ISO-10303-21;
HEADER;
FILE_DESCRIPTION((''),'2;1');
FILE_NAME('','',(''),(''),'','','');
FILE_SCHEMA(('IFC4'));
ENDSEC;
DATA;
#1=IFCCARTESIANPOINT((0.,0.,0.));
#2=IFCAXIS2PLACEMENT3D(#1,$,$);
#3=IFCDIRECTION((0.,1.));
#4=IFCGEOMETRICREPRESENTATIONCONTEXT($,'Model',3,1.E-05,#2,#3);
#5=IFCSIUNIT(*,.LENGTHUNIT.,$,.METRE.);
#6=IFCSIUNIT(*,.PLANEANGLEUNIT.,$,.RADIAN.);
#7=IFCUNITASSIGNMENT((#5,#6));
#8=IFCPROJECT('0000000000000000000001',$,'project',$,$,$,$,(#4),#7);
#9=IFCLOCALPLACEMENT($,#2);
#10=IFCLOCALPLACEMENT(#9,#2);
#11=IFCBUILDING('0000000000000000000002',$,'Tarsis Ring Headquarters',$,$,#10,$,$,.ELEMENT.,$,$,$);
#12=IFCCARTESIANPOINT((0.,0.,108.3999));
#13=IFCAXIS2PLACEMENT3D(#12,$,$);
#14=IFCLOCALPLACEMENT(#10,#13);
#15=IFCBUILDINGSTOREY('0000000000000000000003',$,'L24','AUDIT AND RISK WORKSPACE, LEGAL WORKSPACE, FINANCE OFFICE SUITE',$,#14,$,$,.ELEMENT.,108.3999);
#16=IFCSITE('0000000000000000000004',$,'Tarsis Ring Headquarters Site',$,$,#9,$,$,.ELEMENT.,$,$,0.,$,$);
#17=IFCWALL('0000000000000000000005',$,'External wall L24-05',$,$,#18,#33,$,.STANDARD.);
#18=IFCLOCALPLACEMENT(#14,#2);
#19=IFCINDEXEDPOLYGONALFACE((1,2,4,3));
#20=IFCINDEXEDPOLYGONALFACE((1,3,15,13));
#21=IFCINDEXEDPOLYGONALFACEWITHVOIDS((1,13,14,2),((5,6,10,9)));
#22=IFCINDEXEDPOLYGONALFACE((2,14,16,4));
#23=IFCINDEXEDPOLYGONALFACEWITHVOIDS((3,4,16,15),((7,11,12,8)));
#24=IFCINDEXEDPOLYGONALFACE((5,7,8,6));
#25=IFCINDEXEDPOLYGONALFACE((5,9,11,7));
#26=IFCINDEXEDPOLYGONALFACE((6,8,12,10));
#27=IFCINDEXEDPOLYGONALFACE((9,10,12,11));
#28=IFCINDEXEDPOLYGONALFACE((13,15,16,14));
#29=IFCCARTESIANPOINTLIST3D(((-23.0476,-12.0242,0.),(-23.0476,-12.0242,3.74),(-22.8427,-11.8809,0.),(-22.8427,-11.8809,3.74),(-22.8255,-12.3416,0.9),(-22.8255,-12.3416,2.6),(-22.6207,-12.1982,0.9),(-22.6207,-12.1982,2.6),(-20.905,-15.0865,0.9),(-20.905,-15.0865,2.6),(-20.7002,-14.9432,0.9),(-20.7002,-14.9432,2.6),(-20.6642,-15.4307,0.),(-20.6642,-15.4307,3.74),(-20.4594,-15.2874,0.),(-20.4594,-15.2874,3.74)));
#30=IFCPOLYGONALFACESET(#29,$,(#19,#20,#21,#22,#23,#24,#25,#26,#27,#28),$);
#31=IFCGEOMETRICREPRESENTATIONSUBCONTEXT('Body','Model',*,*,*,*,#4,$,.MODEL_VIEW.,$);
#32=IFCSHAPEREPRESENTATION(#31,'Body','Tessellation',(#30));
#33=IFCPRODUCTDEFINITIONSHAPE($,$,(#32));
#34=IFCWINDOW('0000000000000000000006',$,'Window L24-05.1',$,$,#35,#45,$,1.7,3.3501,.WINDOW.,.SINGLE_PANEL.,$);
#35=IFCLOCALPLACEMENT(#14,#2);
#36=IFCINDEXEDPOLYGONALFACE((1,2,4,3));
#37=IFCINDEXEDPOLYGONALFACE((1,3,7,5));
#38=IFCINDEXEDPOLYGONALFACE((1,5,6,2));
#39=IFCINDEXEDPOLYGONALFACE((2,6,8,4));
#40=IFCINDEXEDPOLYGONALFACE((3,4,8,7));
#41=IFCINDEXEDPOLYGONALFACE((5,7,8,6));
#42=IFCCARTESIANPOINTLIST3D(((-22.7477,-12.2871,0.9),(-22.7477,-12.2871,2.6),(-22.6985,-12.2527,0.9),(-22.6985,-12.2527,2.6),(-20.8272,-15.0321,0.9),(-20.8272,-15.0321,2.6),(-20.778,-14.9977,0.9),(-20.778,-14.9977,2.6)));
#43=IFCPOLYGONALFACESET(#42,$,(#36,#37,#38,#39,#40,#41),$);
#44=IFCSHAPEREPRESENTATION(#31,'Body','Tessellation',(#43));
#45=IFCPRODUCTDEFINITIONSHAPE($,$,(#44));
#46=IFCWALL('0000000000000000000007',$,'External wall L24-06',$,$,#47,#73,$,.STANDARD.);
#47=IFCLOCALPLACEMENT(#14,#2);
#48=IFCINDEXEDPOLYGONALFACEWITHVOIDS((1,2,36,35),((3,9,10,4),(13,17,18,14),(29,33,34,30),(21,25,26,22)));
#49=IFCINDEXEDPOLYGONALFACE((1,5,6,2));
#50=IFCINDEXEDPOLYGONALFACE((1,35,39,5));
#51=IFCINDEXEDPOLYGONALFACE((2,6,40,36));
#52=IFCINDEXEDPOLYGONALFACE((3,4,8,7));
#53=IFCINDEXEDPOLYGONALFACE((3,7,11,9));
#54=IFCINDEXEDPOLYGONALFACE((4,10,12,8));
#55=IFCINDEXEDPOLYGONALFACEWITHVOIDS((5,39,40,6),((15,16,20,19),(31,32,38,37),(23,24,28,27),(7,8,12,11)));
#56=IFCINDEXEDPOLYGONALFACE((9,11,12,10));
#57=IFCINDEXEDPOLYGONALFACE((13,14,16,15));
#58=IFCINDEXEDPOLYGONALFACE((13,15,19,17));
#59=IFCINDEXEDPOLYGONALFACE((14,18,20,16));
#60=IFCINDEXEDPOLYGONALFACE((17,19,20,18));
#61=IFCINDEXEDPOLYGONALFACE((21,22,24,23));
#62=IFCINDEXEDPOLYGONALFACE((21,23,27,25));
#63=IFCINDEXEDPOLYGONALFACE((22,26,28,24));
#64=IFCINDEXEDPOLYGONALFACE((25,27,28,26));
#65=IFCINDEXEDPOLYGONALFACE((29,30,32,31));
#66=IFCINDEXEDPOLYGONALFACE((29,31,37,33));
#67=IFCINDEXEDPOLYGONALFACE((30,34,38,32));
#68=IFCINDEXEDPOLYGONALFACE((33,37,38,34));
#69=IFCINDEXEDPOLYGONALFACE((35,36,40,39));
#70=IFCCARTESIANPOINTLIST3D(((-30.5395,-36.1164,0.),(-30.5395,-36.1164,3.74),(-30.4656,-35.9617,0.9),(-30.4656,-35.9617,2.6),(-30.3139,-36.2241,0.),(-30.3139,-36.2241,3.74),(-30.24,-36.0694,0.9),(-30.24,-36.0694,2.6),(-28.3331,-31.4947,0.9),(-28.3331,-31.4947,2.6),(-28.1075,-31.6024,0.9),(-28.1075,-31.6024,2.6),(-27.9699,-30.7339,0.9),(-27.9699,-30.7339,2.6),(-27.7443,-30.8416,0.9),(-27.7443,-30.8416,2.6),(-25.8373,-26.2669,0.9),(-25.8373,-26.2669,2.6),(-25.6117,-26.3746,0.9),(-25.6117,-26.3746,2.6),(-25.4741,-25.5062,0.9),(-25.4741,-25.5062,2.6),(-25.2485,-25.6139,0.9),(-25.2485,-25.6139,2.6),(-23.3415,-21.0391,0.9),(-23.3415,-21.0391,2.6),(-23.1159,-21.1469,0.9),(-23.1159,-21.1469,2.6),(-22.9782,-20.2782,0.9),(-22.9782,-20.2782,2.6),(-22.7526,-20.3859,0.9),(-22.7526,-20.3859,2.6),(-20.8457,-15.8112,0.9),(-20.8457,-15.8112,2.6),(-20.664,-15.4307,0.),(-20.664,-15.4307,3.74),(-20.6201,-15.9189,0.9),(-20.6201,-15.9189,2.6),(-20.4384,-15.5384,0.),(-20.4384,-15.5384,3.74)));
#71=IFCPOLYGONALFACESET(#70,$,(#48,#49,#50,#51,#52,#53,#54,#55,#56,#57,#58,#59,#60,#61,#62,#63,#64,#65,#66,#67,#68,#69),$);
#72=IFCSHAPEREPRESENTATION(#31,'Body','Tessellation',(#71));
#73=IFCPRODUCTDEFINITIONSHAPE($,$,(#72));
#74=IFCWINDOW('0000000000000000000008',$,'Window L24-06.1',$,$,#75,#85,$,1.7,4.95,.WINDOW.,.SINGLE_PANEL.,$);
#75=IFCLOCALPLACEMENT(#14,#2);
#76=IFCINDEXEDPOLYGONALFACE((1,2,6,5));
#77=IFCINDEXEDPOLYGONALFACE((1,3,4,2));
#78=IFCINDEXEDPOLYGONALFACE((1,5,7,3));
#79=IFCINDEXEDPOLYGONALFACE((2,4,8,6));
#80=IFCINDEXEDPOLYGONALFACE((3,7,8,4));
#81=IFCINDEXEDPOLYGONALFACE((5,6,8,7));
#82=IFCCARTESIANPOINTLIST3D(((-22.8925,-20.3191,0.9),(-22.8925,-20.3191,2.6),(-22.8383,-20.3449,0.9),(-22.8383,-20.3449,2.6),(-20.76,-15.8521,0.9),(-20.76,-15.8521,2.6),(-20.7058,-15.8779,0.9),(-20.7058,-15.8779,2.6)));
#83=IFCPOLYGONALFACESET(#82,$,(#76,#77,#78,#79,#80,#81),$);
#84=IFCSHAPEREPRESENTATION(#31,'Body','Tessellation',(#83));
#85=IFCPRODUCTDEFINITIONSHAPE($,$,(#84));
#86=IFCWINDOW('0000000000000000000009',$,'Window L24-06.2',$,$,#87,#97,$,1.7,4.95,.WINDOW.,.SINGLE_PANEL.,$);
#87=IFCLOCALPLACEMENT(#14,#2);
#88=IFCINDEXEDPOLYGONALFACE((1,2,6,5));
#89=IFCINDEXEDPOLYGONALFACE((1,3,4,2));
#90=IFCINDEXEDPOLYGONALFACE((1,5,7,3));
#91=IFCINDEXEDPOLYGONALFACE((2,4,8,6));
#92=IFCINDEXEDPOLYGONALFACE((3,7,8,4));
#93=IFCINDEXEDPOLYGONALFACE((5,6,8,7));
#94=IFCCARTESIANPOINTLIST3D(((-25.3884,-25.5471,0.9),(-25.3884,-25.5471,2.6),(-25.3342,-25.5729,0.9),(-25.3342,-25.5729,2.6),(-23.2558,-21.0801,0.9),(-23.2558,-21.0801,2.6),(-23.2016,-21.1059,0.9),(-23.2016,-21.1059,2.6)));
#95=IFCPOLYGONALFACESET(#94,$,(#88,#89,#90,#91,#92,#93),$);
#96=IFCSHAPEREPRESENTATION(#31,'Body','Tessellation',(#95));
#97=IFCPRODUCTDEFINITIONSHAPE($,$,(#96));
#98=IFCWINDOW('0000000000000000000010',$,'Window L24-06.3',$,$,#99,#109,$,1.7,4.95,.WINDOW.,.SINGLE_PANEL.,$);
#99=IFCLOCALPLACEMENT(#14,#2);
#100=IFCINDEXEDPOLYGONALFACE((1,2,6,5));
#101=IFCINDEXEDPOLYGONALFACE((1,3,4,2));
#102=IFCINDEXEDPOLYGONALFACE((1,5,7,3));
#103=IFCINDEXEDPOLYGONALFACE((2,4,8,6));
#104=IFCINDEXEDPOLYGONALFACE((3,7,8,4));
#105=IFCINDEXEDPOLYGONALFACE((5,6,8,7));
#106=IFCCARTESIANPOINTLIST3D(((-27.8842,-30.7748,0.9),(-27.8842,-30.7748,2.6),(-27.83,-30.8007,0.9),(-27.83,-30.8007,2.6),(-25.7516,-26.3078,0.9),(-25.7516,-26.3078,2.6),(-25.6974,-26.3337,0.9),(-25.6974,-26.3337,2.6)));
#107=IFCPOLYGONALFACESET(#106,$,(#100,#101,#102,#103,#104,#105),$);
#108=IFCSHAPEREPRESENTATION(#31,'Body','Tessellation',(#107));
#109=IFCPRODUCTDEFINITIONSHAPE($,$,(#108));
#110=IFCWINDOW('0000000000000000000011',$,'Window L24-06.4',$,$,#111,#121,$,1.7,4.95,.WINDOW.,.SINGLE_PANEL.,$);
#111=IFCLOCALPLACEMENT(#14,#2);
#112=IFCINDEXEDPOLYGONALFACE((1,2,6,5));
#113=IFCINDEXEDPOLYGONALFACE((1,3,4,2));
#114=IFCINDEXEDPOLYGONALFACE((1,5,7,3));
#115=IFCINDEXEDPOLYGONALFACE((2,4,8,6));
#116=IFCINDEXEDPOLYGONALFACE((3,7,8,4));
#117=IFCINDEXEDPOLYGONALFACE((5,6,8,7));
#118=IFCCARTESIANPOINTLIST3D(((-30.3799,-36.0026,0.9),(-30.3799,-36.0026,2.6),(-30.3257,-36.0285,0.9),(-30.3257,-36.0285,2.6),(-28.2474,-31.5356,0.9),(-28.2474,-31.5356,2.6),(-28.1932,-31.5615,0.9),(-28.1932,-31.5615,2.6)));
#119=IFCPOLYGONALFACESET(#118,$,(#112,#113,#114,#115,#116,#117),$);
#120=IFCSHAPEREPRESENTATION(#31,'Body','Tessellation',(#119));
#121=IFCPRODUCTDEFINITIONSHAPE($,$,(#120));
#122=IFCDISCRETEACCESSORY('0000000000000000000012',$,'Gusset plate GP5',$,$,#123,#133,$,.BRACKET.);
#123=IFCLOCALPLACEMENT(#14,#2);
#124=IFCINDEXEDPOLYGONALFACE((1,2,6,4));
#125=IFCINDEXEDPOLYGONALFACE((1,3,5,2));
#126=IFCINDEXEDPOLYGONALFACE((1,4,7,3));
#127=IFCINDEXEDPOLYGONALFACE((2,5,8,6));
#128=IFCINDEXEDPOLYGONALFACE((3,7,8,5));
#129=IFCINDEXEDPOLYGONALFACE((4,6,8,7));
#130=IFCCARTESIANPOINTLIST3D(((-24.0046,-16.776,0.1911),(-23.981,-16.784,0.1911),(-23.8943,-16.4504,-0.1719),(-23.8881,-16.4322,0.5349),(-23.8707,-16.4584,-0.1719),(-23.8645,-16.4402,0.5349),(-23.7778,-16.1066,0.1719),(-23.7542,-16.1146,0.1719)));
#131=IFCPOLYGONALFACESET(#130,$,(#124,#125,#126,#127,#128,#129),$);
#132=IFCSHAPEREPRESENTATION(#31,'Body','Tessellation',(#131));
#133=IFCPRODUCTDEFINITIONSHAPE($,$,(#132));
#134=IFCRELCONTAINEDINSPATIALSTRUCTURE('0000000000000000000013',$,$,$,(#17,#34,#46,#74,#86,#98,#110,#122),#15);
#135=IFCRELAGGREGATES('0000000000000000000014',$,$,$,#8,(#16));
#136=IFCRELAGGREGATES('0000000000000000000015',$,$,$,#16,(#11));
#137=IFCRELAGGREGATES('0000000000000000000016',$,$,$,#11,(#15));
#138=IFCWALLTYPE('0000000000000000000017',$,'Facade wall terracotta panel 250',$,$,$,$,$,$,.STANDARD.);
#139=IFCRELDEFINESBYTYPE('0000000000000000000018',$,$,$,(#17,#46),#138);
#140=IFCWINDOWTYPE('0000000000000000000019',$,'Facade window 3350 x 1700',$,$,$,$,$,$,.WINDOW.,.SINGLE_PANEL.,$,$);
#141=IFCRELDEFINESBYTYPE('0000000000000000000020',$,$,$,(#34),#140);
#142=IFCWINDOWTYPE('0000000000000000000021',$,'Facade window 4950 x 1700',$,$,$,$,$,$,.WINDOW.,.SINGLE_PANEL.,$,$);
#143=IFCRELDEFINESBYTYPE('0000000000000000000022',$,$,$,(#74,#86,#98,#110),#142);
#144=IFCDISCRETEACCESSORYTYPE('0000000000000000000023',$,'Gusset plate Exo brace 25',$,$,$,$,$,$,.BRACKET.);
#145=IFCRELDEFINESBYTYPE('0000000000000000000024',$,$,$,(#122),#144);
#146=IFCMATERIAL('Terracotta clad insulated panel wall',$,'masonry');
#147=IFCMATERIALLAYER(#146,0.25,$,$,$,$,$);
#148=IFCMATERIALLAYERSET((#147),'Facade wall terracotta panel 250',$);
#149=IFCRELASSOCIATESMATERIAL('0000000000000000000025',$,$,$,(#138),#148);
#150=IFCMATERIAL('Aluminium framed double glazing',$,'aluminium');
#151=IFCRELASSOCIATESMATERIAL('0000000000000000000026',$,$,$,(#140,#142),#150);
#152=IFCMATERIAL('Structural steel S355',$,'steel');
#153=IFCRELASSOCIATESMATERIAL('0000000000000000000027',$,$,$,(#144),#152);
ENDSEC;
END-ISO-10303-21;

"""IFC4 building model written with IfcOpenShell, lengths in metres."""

from ifc_helpers import new_model, si_unit, direction, frame, frame_2d, origin, origin_2d, place, context, subcontext, project, spatial, rectangle, extrude, material, layer, layer_set, material_profile, profile_set, type_object, element, fill, save


model = new_model("IFC4")

# Units and contexts
model_context = context("Model", 3, precision=1e-05, world=origin(), true_north=direction((0.0, 1.0)))
body_context = subcontext(model_context, "Body", "Model", "MODEL_VIEW")
ifc_project = project(units=[si_unit("LENGTHUNIT", "METRE"), si_unit("PLANEANGLEUNIT", "RADIAN")], contexts=[model_context])

# Site, building, storey
site_placement = place(None, origin())
site = spatial("IfcSite", under=ifc_project, at=site_placement, Name="Tarsis Ring Headquarters Site", CompositionType="ELEMENT", RefElevation=0.0)
building_placement = place(site_placement, origin())
building = spatial("IfcBuilding", under=site, at=building_placement, Name="Tarsis Ring Headquarters", CompositionType="ELEMENT")
storey_placement = place(building_placement, frame((0.0, 0.0, 108.3999)))
storey = spatial("IfcBuildingStorey", under=building, at=storey_placement, Name="L24", Description="AUDIT AND RISK WORKSPACE, LEGAL WORKSPACE, FINANCE OFFICE SUITE", CompositionType="ELEMENT", Elevation=108.3999)

# Shared definitions
ifc_material_1 = material(Name="Structural steel S355", Category="steel")

# Wall, opening, window
ifc_material_2 = material(Name="Terracotta clad insulated panel wall", Category="masonry")
ifc_layer_1 = layer(ifc_material_2, 0.25)
ifc_layer_set_1 = layer_set([ifc_layer_1], Name="Facade wall terracotta panel 250")
wall_type_1 = type_object("IfcWallType", Name="Facade wall terracotta panel 250", PredefinedType="STANDARD", material=ifc_layer_set_1)
wall_1_placement = place(storey_placement, frame((-22.9451, -11.9526, 0.0), z_axis=(0.0, 0.0, 1.0), x_axis=(0.573261, -0.819373, 0.0)))
wall_1 = element("IfcWall", 1, at=wall_1_placement, inside=storey, type_object=wall_type_1, Name="External wall L24-05", PredefinedType="STANDARD", context=body_context, shape_type="SweptSolid", body=[
    extrude(rectangle(XDim=4.1575, YDim=0.25, at=frame_2d((2.0786, 0.0))), origin(), (0.0, 0.0, 1.0), 3.74),
])
opening_1_placement = place(wall_1_placement, frame((0.3872, 0.0, 0.8999)))
opening_1 = element("IfcOpeningElement", 2, at=opening_1_placement, cuts=wall_1, PredefinedType="OPENING", context=body_context, shape_type="SweptSolid", body=[
    extrude(rectangle(XDim=3.3501, YDim=1.7, at=frame_2d((1.675, 0.8501))), frame((0.0, 0.135, 0.0), z_axis=(0.0, -1.0, 0.0), x_axis=(1.0, 0.0, 0.0)), (0.0, 0.0, 1.0), 0.27),
])
ifc_material_3 = material(Name="Aluminium framed double glazing", Category="aluminium")
window_type_1 = type_object("IfcWindowType", Name="Facade window 3350 x 1700", PartitioningType="SINGLE_PANEL", PredefinedType="WINDOW", material=ifc_material_3)
window_1_placement = place(opening_1_placement, origin())
window_1 = element("IfcWindow", 3, at=window_1_placement, inside=storey, type_object=window_type_1, Name="Window L24-05.1", OverallHeight=1.7, OverallWidth=3.3501, PartitioningType="SINGLE_PANEL", PredefinedType="WINDOW", context=body_context, shape_type="SweptSolid", body=[
    extrude(rectangle(XDim=3.3501, YDim=1.7, at=frame_2d((1.675, 0.8501))), frame((0.0, 0.03, 0.0), z_axis=(0.0, -1.0, 0.0), x_axis=(1.0, 0.0, 0.0)), (0.0, 0.0, 1.0), 0.0601),
])
fill(opening_1, window_1)

# Wall, openings, windows
wall_2_placement = place(storey_placement, frame((-20.5513, -15.4846, 0.0), z_axis=(0.0, 0.0, 1.0), x_axis=(-0.430826, -0.902435, 0.0)))
wall_2 = element("IfcWall", 4, at=wall_2_placement, inside=storey, type_object=wall_type_1, Name="External wall L24-06", PredefinedType="STANDARD", context=body_context, shape_type="SweptSolid", body=[
    extrude(rectangle(XDim=22.9221, YDim=0.25, at=frame_2d((11.4609, 0.0))), origin(), (0.0, 0.0, 1.0), 3.74),
])
opening_2_placement = place(wall_2_placement, frame((0.4214, 0.0, 0.8999)))
opening_2 = element("IfcOpeningElement", 5, at=opening_2_placement, cuts=wall_2, PredefinedType="OPENING", context=body_context, shape_type="SweptSolid", body=[
    extrude(rectangle(XDim=4.95, YDim=1.7, at=frame_2d((2.4751, 0.8501))), frame((0.0, 0.135, 0.0), z_axis=(0.0, -1.0, 0.0), x_axis=(1.0, 0.0, 0.0)), (0.0, 0.0, 1.0), 0.27),
])
opening_3_placement = place(wall_2_placement, frame((6.2146, 0.0, 0.8999)))
opening_3 = element("IfcOpeningElement", 6, at=opening_3_placement, cuts=wall_2, PredefinedType="OPENING", context=body_context, shape_type="SweptSolid", body=[
    extrude(rectangle(XDim=4.95, YDim=1.7, at=frame_2d((2.4751, 0.8501))), frame((0.0, 0.135, 0.0), z_axis=(0.0, -1.0, 0.0), x_axis=(1.0, 0.0, 0.0)), (0.0, 0.0, 1.0), 0.27),
])
opening_4_placement = place(wall_2_placement, frame((12.0076, 0.0, 0.8999)))
opening_4 = element("IfcOpeningElement", 7, at=opening_4_placement, cuts=wall_2, PredefinedType="OPENING", context=body_context, shape_type="SweptSolid", body=[
    extrude(rectangle(XDim=4.95, YDim=1.7, at=frame_2d((2.4751, 0.8501))), frame((0.0, 0.135, 0.0), z_axis=(0.0, -1.0, 0.0), x_axis=(1.0, 0.0, 0.0)), (0.0, 0.0, 1.0), 0.27),
])
opening_5_placement = place(wall_2_placement, frame((17.8005, 0.0, 0.8999)))
opening_5 = element("IfcOpeningElement", 8, at=opening_5_placement, cuts=wall_2, PredefinedType="OPENING", context=body_context, shape_type="SweptSolid", body=[
    extrude(rectangle(XDim=4.95, YDim=1.7, at=frame_2d((2.4751, 0.8501))), frame((0.0, 0.135, 0.0), z_axis=(0.0, -1.0, 0.0), x_axis=(1.0, 0.0, 0.0)), (0.0, 0.0, 1.0), 0.27),
])
window_type_2 = type_object("IfcWindowType", Name="Facade window 4950 x 1700", PartitioningType="SINGLE_PANEL", PredefinedType="WINDOW", material=ifc_material_3)
window_2_placement = place(opening_2_placement, origin())
window_2 = element("IfcWindow", 9, at=window_2_placement, inside=storey, type_object=window_type_2, Name="Window L24-06.1", OverallHeight=1.7, OverallWidth=4.95, PartitioningType="SINGLE_PANEL", PredefinedType="WINDOW", context=body_context, shape_type="SweptSolid", body=[
    extrude(rectangle(XDim=4.95, YDim=1.7, at=frame_2d((2.4751, 0.8501))), frame((0.0, 0.03, 0.0), z_axis=(0.0, -1.0, 0.0), x_axis=(1.0, 0.0, 0.0)), (0.0, 0.0, 1.0), 0.0601),
])
fill(opening_2, window_2)
window_3_placement = place(opening_3_placement, origin())
window_3 = element("IfcWindow", 10, at=window_3_placement, inside=storey, type_object=window_type_2, Name="Window L24-06.2", OverallHeight=1.7, OverallWidth=4.95, PartitioningType="SINGLE_PANEL", PredefinedType="WINDOW", context=body_context, shape_type="SweptSolid", body=[
    extrude(rectangle(XDim=4.95, YDim=1.7, at=frame_2d((2.4751, 0.8501))), frame((0.0, 0.03, 0.0), z_axis=(0.0, -1.0, 0.0), x_axis=(1.0, 0.0, 0.0)), (0.0, 0.0, 1.0), 0.0601),
])
fill(opening_3, window_3)
window_4_placement = place(opening_4_placement, origin())
window_4 = element("IfcWindow", 11, at=window_4_placement, inside=storey, type_object=window_type_2, Name="Window L24-06.3", OverallHeight=1.7, OverallWidth=4.95, PartitioningType="SINGLE_PANEL", PredefinedType="WINDOW", context=body_context, shape_type="SweptSolid", body=[
    extrude(rectangle(XDim=4.95, YDim=1.7, at=frame_2d((2.4751, 0.8501))), frame((0.0, 0.03, 0.0), z_axis=(0.0, -1.0, 0.0), x_axis=(1.0, 0.0, 0.0)), (0.0, 0.0, 1.0), 0.0601),
])
fill(opening_4, window_4)
window_5_placement = place(opening_5_placement, origin())
window_5 = element("IfcWindow", 12, at=window_5_placement, inside=storey, type_object=window_type_2, Name="Window L24-06.4", OverallHeight=1.7, OverallWidth=4.95, PartitioningType="SINGLE_PANEL", PredefinedType="WINDOW", context=body_context, shape_type="SweptSolid", body=[
    extrude(rectangle(XDim=4.95, YDim=1.7, at=frame_2d((2.4751, 0.8501))), frame((0.0, 0.03, 0.0), z_axis=(0.0, -1.0, 0.0), x_axis=(1.0, 0.0, 0.0)), (0.0, 0.0, 1.0), 0.0601),
])
fill(opening_5, window_5)

# Discrete accessory
ifc_material_profile_1 = material_profile(ifc_material_1, rectangle(XDim=0.0249, YDim=0.5, at=origin_2d()), Name="PL 25x500")
ifc_profile_set_1 = profile_set([ifc_material_profile_1], Name="Structural steel S355")
discrete_accessory_type = type_object("IfcDiscreteAccessoryType", Name="Gusset plate Exo brace 25", PredefinedType="BRACKET", material=ifc_profile_set_1)
discrete_accessory_placement = place(storey_placement, frame((-23.8242, -16.2825, 0.0), z_axis=(-0.220684, -0.651311, 0.726011), x_axis=(0.94711, -0.32091, 0.0)))
element("IfcDiscreteAccessory", 13, at=discrete_accessory_placement, inside=storey, type_object=discrete_accessory_type, Name="Gusset plate GP5", PredefinedType="BRACKET", context=body_context, shape_type="SweptSolid", body=[
    extrude(rectangle(XDim=0.0249, YDim=0.5, at=origin_2d()), origin(), (0.0, 0.0, 1.0), 0.5),
])

save(model, "model.ifc")
